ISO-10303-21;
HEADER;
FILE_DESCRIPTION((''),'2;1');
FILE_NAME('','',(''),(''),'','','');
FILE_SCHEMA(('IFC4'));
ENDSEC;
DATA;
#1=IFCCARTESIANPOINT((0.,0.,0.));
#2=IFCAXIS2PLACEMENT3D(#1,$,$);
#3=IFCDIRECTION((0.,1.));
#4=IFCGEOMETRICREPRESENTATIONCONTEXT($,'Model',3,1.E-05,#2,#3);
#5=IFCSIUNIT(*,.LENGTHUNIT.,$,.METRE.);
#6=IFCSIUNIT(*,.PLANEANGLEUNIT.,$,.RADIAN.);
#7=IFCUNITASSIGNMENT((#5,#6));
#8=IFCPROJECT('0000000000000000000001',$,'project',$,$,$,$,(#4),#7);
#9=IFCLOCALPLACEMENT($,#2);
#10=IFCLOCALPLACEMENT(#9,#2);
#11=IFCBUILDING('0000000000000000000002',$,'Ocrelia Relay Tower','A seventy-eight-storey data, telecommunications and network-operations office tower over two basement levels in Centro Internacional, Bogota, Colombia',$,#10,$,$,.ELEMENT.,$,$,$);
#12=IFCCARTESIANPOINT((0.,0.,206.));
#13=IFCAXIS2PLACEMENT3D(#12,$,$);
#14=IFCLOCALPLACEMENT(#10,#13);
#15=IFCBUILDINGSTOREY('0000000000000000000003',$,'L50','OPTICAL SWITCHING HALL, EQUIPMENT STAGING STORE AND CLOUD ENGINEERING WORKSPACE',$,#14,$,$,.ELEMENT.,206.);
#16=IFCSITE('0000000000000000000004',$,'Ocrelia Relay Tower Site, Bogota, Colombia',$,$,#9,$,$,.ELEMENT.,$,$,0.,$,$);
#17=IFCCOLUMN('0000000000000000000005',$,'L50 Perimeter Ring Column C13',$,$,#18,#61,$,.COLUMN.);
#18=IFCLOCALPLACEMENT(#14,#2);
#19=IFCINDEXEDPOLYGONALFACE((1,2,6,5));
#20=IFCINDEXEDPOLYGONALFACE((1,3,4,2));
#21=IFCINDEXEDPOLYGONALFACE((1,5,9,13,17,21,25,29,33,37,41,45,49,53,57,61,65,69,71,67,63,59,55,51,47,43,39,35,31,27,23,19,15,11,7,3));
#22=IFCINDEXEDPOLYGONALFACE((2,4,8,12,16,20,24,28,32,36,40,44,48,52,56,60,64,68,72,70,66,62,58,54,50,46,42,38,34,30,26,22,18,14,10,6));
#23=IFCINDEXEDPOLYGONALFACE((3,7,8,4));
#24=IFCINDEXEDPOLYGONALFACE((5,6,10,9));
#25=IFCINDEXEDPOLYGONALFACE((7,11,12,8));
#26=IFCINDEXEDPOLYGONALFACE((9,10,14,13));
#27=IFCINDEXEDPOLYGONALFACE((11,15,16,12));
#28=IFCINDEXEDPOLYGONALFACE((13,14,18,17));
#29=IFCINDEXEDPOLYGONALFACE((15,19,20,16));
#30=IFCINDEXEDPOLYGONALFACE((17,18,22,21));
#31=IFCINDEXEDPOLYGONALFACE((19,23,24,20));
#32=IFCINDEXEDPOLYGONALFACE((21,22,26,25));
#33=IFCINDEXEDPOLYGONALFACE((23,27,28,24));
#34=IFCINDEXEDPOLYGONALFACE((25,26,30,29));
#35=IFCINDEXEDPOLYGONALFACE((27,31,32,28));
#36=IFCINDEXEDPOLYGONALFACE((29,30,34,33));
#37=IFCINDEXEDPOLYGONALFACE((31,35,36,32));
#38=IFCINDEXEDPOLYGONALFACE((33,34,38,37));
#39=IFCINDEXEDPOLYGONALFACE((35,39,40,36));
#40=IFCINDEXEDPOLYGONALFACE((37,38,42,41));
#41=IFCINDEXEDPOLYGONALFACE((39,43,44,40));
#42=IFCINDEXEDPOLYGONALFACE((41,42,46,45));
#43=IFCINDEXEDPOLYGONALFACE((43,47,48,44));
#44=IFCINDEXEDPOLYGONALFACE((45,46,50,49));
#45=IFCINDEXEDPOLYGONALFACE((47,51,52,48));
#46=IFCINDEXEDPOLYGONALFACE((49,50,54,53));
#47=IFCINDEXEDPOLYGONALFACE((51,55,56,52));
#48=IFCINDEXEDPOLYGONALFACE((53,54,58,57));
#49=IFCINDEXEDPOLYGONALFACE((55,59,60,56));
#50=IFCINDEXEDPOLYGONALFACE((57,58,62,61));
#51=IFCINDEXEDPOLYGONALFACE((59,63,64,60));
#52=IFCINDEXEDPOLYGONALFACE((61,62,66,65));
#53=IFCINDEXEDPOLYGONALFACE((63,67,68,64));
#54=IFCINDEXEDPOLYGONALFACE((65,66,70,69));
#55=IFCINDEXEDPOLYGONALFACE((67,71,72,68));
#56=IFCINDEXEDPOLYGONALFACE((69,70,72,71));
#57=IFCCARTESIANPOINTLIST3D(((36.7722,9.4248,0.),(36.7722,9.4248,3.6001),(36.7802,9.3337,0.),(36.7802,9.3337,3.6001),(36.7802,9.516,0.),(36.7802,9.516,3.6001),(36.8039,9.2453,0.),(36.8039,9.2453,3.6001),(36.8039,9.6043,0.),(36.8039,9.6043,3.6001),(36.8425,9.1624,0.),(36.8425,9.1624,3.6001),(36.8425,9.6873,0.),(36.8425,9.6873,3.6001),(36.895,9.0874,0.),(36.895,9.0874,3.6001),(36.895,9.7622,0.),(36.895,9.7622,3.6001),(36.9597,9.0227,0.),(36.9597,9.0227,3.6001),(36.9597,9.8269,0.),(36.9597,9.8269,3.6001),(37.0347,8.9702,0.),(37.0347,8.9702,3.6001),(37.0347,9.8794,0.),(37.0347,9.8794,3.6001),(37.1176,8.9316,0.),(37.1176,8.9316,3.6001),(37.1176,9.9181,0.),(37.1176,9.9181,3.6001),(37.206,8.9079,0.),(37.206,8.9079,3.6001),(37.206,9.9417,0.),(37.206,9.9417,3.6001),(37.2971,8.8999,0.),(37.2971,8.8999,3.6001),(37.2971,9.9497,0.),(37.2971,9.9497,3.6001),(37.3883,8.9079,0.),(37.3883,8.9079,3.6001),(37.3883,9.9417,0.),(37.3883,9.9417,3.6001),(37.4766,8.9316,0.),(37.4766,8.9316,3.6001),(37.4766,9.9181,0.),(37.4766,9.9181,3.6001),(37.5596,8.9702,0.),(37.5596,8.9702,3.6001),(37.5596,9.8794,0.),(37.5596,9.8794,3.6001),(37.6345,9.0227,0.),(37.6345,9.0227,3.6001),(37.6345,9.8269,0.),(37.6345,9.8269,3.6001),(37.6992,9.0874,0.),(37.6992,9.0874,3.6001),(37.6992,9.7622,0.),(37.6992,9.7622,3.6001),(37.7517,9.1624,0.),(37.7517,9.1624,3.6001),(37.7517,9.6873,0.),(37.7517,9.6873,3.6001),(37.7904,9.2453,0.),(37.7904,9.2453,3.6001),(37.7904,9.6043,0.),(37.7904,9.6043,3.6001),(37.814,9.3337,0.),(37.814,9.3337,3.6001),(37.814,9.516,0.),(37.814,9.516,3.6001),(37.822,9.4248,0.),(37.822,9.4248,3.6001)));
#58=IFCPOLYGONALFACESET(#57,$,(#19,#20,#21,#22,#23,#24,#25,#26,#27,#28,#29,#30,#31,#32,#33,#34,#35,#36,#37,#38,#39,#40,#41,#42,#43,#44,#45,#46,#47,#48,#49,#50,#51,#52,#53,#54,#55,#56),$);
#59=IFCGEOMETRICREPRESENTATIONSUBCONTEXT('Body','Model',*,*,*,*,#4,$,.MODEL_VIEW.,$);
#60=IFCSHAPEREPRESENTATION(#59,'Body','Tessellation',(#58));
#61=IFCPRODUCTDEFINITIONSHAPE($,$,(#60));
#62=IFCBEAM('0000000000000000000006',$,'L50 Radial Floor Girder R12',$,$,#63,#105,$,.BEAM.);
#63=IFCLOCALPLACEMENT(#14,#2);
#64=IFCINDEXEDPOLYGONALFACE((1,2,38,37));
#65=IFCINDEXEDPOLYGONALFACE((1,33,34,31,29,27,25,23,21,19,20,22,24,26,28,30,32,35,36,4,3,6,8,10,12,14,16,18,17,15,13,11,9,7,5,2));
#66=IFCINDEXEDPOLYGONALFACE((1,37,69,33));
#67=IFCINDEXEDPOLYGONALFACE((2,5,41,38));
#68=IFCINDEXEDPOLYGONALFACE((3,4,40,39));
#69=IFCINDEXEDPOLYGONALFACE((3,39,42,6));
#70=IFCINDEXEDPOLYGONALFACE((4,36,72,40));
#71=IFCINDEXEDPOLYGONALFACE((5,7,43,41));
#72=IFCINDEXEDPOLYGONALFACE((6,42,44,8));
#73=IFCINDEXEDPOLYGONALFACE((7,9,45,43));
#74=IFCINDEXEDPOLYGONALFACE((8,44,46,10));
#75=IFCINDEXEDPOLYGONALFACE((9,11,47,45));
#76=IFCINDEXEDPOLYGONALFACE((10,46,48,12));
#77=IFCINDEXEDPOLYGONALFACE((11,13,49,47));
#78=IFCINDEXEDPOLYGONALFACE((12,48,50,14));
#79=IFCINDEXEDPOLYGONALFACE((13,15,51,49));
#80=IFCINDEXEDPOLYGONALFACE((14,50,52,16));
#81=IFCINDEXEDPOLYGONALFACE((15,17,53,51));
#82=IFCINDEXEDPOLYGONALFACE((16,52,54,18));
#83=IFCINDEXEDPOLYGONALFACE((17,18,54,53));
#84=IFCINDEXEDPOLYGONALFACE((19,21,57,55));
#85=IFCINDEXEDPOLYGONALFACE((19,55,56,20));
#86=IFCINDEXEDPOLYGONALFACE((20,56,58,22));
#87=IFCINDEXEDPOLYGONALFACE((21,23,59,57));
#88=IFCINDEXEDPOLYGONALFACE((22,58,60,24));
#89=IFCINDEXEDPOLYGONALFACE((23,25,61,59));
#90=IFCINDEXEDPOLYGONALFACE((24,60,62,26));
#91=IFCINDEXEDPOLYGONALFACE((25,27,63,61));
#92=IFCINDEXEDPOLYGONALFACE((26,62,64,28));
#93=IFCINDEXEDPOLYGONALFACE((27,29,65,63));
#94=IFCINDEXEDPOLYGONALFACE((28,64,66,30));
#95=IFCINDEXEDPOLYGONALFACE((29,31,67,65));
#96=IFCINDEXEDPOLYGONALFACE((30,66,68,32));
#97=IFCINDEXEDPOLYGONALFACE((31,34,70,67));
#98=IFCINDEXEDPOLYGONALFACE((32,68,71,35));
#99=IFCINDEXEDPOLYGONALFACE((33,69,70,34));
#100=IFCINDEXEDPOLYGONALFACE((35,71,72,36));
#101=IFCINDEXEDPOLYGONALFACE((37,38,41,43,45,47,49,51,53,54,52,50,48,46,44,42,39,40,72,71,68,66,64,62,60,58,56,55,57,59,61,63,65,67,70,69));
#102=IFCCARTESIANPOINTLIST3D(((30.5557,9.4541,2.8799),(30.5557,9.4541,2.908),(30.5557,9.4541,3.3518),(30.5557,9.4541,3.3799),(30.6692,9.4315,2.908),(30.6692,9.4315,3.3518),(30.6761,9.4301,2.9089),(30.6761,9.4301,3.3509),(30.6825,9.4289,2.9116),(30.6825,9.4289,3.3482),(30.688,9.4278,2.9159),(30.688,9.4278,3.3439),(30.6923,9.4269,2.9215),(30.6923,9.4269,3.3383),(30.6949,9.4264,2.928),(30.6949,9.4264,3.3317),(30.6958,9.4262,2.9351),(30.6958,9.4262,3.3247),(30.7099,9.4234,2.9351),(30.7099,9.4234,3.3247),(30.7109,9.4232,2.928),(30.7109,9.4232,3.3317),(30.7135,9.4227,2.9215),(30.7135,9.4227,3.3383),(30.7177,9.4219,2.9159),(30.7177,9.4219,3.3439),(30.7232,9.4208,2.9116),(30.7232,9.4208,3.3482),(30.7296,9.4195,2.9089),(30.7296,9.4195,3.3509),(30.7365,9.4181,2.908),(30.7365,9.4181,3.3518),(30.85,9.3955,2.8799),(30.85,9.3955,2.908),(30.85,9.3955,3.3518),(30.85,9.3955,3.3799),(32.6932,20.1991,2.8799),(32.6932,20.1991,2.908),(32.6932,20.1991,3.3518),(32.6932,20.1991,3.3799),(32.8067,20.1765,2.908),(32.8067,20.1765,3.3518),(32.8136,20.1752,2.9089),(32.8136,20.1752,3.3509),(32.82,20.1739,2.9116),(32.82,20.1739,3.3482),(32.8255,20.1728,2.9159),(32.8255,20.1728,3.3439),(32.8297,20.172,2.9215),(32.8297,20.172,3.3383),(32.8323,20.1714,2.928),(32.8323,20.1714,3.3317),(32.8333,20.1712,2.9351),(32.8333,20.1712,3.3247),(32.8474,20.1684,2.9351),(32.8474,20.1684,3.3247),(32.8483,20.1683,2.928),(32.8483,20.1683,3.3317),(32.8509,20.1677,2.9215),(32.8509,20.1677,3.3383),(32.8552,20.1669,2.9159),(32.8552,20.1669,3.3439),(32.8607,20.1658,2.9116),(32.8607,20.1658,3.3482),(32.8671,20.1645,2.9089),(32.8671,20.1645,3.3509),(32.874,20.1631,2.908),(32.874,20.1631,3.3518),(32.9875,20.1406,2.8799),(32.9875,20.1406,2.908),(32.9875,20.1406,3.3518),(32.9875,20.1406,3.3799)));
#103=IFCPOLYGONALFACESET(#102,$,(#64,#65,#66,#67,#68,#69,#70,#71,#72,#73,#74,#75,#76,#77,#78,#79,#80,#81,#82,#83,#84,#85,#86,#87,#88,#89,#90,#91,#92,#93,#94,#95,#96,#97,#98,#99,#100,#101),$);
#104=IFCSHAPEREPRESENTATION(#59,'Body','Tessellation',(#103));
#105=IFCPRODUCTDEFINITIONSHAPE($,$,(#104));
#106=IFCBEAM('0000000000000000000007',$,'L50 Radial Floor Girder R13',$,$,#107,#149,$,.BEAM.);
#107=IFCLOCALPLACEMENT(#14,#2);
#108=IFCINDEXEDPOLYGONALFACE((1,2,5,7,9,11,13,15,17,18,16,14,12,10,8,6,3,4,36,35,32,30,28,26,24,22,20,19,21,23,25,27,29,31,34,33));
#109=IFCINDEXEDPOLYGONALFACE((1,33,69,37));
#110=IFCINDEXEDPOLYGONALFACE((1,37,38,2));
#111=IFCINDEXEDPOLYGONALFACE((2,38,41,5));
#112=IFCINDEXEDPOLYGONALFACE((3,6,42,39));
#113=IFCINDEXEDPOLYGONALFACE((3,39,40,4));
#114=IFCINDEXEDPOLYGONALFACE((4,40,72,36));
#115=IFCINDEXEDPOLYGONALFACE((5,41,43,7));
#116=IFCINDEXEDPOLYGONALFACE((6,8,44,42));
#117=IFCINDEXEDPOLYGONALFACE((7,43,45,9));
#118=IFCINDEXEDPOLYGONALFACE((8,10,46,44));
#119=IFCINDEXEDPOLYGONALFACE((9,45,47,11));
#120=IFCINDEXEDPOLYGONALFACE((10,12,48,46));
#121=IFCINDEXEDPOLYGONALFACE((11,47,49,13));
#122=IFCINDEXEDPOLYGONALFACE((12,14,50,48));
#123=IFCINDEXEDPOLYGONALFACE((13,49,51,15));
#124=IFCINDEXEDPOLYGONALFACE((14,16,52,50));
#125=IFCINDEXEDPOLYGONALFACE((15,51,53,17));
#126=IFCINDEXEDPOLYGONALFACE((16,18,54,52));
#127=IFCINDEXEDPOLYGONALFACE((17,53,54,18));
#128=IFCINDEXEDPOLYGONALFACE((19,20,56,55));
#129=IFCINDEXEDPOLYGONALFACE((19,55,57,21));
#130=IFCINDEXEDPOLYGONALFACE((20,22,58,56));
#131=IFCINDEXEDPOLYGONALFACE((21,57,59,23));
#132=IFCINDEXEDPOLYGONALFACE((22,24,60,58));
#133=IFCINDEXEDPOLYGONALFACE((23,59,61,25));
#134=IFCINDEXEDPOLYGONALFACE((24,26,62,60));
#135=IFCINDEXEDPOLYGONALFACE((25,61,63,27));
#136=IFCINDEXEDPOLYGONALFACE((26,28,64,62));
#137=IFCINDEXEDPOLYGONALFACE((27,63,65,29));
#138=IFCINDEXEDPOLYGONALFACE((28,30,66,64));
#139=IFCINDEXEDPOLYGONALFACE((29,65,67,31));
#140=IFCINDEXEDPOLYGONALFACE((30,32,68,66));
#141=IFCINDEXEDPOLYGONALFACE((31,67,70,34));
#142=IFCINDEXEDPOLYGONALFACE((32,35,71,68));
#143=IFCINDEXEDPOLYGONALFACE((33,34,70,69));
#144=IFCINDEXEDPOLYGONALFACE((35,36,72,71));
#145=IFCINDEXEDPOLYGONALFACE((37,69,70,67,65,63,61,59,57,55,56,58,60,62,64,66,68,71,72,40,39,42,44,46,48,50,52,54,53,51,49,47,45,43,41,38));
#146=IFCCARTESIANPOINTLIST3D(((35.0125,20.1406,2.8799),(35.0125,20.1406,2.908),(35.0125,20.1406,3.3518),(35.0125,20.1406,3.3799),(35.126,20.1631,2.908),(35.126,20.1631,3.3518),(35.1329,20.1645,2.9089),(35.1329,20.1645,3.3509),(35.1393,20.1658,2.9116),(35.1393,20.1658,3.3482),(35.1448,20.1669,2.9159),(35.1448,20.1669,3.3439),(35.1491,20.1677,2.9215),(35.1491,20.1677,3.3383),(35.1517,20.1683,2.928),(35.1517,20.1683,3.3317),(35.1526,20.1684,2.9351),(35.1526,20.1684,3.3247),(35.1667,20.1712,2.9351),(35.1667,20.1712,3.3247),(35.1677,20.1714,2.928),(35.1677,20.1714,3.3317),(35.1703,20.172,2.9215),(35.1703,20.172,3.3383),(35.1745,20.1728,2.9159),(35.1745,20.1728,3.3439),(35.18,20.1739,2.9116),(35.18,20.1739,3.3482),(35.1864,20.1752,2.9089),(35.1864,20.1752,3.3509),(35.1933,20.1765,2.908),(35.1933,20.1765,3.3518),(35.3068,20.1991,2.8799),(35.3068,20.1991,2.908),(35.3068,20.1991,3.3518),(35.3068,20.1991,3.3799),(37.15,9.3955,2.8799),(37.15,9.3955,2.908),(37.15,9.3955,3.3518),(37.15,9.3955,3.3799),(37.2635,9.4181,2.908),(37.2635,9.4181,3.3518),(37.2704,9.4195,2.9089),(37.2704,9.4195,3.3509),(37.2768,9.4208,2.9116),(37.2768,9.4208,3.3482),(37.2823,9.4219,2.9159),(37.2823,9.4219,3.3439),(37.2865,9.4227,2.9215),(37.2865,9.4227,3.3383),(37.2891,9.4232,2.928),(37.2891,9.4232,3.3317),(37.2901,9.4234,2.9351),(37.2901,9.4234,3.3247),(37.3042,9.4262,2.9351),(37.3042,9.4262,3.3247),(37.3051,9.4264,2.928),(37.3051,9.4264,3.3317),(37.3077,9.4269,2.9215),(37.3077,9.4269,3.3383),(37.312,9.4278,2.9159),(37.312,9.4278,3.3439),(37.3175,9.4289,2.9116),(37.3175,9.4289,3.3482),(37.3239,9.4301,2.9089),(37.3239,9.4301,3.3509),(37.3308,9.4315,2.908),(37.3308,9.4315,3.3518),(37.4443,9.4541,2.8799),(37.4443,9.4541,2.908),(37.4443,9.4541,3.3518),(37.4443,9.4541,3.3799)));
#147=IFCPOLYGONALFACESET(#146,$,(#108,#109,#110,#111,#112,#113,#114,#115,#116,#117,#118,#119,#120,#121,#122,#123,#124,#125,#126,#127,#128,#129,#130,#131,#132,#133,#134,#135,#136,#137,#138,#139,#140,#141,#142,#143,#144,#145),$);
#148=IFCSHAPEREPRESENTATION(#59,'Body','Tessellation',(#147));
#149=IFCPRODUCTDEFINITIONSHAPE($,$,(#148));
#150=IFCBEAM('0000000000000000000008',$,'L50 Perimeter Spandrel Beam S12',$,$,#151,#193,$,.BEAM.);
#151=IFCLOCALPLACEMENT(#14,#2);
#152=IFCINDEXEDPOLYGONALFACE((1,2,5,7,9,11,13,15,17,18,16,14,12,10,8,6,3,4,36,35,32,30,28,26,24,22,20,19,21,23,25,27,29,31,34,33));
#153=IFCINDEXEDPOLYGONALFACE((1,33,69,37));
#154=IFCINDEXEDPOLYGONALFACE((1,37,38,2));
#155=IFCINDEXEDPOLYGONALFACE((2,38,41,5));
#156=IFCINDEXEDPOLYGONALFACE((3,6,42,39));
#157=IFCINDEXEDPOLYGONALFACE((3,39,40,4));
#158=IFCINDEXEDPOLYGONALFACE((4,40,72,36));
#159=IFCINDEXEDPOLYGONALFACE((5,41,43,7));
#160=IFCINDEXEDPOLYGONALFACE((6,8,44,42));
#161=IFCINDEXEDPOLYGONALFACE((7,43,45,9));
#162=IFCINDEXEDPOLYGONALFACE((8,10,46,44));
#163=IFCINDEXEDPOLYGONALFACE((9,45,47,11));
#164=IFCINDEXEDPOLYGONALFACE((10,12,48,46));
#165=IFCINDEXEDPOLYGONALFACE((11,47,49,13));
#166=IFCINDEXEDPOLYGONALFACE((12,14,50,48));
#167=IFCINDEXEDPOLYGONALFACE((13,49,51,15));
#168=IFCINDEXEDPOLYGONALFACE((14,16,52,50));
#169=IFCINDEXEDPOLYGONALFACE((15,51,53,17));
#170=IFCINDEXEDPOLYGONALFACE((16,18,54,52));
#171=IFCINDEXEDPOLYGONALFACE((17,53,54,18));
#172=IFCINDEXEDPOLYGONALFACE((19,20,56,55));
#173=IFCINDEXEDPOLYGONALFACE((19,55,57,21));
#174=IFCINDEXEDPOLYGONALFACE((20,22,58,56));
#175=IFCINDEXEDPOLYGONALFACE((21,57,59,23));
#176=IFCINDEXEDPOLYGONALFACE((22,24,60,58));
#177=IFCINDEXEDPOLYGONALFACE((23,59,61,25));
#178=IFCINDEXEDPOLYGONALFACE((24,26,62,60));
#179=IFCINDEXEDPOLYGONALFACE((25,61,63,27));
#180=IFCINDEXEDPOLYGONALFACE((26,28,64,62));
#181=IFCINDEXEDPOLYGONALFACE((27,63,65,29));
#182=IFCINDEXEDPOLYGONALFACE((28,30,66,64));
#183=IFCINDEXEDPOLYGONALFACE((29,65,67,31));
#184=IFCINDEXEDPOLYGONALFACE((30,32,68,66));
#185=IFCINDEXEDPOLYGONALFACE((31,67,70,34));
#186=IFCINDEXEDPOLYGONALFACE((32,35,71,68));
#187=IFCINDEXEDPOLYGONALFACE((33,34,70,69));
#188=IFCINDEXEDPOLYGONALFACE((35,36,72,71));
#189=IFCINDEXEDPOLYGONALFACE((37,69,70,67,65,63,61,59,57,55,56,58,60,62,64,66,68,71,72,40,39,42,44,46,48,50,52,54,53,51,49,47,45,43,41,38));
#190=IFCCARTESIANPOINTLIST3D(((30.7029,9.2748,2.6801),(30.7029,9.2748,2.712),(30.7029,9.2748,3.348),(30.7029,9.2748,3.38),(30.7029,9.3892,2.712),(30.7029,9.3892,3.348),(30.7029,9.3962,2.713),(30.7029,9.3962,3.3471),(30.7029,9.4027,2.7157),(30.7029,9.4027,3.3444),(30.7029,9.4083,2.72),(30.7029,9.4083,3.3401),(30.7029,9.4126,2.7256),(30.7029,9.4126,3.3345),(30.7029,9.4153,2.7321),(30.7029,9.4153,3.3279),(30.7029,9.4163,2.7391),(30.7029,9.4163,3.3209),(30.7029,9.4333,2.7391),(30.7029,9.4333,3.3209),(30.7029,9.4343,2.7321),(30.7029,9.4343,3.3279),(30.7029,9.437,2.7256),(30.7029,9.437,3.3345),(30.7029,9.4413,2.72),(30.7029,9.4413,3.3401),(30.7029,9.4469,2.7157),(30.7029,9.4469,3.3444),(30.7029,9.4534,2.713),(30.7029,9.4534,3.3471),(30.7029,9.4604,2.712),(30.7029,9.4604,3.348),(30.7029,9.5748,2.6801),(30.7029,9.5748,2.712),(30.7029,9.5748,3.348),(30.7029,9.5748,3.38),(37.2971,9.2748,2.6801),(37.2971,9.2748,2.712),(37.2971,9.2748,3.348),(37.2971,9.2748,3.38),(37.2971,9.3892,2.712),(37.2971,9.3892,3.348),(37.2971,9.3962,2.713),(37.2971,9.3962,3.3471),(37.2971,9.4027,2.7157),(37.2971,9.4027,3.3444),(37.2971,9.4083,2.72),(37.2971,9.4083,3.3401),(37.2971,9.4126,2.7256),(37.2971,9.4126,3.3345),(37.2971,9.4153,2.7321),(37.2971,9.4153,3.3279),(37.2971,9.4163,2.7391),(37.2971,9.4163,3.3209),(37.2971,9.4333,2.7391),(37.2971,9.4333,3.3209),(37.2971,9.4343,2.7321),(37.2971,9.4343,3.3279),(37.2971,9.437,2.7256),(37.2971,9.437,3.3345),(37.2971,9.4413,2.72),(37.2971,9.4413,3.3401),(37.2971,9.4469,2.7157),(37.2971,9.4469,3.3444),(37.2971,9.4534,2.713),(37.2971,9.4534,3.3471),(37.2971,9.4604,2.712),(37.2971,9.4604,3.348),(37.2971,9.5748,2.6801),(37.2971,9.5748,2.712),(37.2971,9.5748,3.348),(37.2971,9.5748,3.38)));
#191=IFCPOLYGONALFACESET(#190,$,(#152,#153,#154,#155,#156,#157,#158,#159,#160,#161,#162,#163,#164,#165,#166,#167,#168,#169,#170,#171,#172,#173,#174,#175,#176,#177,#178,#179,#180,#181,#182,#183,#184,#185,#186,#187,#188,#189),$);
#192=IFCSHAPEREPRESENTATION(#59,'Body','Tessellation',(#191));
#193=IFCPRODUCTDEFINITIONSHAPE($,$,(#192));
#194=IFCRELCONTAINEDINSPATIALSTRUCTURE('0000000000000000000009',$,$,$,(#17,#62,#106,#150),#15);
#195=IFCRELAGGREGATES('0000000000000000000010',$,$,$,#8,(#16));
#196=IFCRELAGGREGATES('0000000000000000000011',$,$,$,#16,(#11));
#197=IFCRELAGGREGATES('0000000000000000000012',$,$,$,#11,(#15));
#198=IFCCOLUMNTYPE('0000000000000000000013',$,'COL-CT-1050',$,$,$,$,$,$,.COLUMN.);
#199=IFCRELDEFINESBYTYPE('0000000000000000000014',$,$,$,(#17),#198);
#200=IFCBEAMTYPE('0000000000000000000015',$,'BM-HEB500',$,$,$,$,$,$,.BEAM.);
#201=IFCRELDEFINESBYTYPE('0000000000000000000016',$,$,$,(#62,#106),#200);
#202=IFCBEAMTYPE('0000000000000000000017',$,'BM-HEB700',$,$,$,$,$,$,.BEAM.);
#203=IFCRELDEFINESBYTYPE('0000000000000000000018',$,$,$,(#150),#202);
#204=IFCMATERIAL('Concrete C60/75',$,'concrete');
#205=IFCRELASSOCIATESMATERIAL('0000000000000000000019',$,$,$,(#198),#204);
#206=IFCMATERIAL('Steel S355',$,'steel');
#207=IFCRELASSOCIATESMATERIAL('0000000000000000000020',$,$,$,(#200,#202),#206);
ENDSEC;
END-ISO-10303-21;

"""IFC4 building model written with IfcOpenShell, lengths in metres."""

from ifc_helpers import new_model, si_unit, direction, frame, origin, origin_2d, place, context, subcontext, project, spatial, circle, i_section, extrude, material, material_profile, profile_set, type_object, element, save


model = new_model("IFC4")

# Units and contexts
model_context = context("Model", 3, precision=1e-05, world=origin(), true_north=direction((0.0, 1.0)))
body_context = subcontext(model_context, "Body", "Model", "MODEL_VIEW")
ifc_project = project(units=[si_unit("LENGTHUNIT", "METRE"), si_unit("PLANEANGLEUNIT", "RADIAN")], contexts=[model_context])

# Site, building, storey
site_placement = place(None, origin())
site = spatial("IfcSite", under=ifc_project, at=site_placement, Name="Ocrelia Relay Tower Site, Bogota, Colombia", CompositionType="ELEMENT", RefElevation=0.0)
building_placement = place(site_placement, origin())
building = spatial("IfcBuilding", under=site, at=building_placement, Name="Ocrelia Relay Tower", Description="A seventy-eight-storey data, telecommunications and network-operations office tower over two basement levels in Centro Internacional, Bogota, Colombia", CompositionType="ELEMENT")
storey_placement = place(building_placement, frame((0.0, 0.0, 206.0)))
storey = spatial("IfcBuildingStorey", under=building, at=storey_placement, Name="L50", Description="OPTICAL SWITCHING HALL, EQUIPMENT STAGING STORE AND CLOUD ENGINEERING WORKSPACE", CompositionType="ELEMENT", Elevation=206.0)

# Column
ifc_material_1 = material(Name="Concrete C60/75", Category="concrete")
ifc_material_profile_1 = material_profile(ifc_material_1, circle(Radius=0.5249, at=origin_2d()), Name="RC-CIR-1050")
ifc_profile_set_1 = profile_set([ifc_material_profile_1], Name="Concrete C60/75")
column_type = type_object("IfcColumnType", Name="COL-CT-1050", PredefinedType="COLUMN", material=ifc_profile_set_1)
column_placement = place(storey_placement, frame((37.2971, 9.4248, 0.0), z_axis=(0.0, 0.0, 1.0), x_axis=(1.0, 0.0, 0.0)))
element("IfcColumn", 1, at=column_placement, inside=storey, type_object=column_type, Name="L50 Perimeter Ring Column C13", PredefinedType="COLUMN", context=body_context, shape_type="SweptSolid", body=[
    extrude(circle(Radius=0.5249, at=origin_2d()), origin(), (0.0, 0.0, 1.0), 3.6001),
])

# Beams
ifc_material_2 = material(Name="Steel S355", Category="steel")
ifc_material_profile_2 = material_profile(ifc_material_2, i_section(OverallWidth=0.3, OverallDepth=0.5, WebThickness=0.0144, FlangeThickness=0.0281, FilletRadius=0.0271, at=origin_2d()), Name="HEB 500")
ifc_profile_set_2 = profile_set([ifc_material_profile_2], Name="Steel S355")
beam_type_1 = type_object("IfcBeamType", Name="BM-HEB500", PredefinedType="BEAM", material=ifc_profile_set_2)
for number, where, z_axis, x_axis, name in (
    (2, (30.7029, 9.4248, 3.1299), (0.1951, 0.980783, 0.0), (-0.980783, 0.1951, 0.0), "L50 Radial Floor Girder R12"),
    (3, (37.2971, 9.4248, 3.1299), (-0.1951, 0.980783, 0.0), (-0.980783, -0.1951, 0.0), "L50 Radial Floor Girder R13"),
):
    element("IfcBeam", number, at=place(storey_placement, frame(where, z_axis=z_axis, x_axis=x_axis)), inside=storey, type_object=beam_type_1, Name=name, PredefinedType="BEAM", context=body_context, shape_type="SweptSolid", body=[
        extrude(i_section(OverallWidth=0.3, OverallDepth=0.5, WebThickness=0.0144, FlangeThickness=0.0281, FilletRadius=0.0271, at=origin_2d()), origin(), (0.0, 0.0, 1.0), 10.9556),
    ])
ifc_material_profile_3 = material_profile(ifc_material_2, i_section(OverallWidth=0.3, OverallDepth=0.7, WebThickness=0.0171, FlangeThickness=0.032, FilletRadius=0.0271, at=origin_2d()), Name="HEB 700")
ifc_profile_set_3 = profile_set([ifc_material_profile_3], Name="Steel S355")
beam_type_2 = type_object("IfcBeamType", Name="BM-HEB700", PredefinedType="BEAM", material=ifc_profile_set_3)
beam_1_placement = place(storey_placement, frame((30.7029, 9.4248, 3.03), z_axis=(1.0, 0.0, 0.0), x_axis=(0.0, 1.0, 0.0)))
element("IfcBeam", 4, at=beam_1_placement, inside=storey, type_object=beam_type_2, Name="L50 Perimeter Spandrel Beam S12", PredefinedType="BEAM", context=body_context, shape_type="SweptSolid", body=[
    extrude(i_section(OverallWidth=0.3, OverallDepth=0.7, WebThickness=0.0171, FlangeThickness=0.032, FilletRadius=0.0271, at=origin_2d()), origin(), (0.0, 0.0, 1.0), 6.5942),
])

save(model, "model.ifc")
